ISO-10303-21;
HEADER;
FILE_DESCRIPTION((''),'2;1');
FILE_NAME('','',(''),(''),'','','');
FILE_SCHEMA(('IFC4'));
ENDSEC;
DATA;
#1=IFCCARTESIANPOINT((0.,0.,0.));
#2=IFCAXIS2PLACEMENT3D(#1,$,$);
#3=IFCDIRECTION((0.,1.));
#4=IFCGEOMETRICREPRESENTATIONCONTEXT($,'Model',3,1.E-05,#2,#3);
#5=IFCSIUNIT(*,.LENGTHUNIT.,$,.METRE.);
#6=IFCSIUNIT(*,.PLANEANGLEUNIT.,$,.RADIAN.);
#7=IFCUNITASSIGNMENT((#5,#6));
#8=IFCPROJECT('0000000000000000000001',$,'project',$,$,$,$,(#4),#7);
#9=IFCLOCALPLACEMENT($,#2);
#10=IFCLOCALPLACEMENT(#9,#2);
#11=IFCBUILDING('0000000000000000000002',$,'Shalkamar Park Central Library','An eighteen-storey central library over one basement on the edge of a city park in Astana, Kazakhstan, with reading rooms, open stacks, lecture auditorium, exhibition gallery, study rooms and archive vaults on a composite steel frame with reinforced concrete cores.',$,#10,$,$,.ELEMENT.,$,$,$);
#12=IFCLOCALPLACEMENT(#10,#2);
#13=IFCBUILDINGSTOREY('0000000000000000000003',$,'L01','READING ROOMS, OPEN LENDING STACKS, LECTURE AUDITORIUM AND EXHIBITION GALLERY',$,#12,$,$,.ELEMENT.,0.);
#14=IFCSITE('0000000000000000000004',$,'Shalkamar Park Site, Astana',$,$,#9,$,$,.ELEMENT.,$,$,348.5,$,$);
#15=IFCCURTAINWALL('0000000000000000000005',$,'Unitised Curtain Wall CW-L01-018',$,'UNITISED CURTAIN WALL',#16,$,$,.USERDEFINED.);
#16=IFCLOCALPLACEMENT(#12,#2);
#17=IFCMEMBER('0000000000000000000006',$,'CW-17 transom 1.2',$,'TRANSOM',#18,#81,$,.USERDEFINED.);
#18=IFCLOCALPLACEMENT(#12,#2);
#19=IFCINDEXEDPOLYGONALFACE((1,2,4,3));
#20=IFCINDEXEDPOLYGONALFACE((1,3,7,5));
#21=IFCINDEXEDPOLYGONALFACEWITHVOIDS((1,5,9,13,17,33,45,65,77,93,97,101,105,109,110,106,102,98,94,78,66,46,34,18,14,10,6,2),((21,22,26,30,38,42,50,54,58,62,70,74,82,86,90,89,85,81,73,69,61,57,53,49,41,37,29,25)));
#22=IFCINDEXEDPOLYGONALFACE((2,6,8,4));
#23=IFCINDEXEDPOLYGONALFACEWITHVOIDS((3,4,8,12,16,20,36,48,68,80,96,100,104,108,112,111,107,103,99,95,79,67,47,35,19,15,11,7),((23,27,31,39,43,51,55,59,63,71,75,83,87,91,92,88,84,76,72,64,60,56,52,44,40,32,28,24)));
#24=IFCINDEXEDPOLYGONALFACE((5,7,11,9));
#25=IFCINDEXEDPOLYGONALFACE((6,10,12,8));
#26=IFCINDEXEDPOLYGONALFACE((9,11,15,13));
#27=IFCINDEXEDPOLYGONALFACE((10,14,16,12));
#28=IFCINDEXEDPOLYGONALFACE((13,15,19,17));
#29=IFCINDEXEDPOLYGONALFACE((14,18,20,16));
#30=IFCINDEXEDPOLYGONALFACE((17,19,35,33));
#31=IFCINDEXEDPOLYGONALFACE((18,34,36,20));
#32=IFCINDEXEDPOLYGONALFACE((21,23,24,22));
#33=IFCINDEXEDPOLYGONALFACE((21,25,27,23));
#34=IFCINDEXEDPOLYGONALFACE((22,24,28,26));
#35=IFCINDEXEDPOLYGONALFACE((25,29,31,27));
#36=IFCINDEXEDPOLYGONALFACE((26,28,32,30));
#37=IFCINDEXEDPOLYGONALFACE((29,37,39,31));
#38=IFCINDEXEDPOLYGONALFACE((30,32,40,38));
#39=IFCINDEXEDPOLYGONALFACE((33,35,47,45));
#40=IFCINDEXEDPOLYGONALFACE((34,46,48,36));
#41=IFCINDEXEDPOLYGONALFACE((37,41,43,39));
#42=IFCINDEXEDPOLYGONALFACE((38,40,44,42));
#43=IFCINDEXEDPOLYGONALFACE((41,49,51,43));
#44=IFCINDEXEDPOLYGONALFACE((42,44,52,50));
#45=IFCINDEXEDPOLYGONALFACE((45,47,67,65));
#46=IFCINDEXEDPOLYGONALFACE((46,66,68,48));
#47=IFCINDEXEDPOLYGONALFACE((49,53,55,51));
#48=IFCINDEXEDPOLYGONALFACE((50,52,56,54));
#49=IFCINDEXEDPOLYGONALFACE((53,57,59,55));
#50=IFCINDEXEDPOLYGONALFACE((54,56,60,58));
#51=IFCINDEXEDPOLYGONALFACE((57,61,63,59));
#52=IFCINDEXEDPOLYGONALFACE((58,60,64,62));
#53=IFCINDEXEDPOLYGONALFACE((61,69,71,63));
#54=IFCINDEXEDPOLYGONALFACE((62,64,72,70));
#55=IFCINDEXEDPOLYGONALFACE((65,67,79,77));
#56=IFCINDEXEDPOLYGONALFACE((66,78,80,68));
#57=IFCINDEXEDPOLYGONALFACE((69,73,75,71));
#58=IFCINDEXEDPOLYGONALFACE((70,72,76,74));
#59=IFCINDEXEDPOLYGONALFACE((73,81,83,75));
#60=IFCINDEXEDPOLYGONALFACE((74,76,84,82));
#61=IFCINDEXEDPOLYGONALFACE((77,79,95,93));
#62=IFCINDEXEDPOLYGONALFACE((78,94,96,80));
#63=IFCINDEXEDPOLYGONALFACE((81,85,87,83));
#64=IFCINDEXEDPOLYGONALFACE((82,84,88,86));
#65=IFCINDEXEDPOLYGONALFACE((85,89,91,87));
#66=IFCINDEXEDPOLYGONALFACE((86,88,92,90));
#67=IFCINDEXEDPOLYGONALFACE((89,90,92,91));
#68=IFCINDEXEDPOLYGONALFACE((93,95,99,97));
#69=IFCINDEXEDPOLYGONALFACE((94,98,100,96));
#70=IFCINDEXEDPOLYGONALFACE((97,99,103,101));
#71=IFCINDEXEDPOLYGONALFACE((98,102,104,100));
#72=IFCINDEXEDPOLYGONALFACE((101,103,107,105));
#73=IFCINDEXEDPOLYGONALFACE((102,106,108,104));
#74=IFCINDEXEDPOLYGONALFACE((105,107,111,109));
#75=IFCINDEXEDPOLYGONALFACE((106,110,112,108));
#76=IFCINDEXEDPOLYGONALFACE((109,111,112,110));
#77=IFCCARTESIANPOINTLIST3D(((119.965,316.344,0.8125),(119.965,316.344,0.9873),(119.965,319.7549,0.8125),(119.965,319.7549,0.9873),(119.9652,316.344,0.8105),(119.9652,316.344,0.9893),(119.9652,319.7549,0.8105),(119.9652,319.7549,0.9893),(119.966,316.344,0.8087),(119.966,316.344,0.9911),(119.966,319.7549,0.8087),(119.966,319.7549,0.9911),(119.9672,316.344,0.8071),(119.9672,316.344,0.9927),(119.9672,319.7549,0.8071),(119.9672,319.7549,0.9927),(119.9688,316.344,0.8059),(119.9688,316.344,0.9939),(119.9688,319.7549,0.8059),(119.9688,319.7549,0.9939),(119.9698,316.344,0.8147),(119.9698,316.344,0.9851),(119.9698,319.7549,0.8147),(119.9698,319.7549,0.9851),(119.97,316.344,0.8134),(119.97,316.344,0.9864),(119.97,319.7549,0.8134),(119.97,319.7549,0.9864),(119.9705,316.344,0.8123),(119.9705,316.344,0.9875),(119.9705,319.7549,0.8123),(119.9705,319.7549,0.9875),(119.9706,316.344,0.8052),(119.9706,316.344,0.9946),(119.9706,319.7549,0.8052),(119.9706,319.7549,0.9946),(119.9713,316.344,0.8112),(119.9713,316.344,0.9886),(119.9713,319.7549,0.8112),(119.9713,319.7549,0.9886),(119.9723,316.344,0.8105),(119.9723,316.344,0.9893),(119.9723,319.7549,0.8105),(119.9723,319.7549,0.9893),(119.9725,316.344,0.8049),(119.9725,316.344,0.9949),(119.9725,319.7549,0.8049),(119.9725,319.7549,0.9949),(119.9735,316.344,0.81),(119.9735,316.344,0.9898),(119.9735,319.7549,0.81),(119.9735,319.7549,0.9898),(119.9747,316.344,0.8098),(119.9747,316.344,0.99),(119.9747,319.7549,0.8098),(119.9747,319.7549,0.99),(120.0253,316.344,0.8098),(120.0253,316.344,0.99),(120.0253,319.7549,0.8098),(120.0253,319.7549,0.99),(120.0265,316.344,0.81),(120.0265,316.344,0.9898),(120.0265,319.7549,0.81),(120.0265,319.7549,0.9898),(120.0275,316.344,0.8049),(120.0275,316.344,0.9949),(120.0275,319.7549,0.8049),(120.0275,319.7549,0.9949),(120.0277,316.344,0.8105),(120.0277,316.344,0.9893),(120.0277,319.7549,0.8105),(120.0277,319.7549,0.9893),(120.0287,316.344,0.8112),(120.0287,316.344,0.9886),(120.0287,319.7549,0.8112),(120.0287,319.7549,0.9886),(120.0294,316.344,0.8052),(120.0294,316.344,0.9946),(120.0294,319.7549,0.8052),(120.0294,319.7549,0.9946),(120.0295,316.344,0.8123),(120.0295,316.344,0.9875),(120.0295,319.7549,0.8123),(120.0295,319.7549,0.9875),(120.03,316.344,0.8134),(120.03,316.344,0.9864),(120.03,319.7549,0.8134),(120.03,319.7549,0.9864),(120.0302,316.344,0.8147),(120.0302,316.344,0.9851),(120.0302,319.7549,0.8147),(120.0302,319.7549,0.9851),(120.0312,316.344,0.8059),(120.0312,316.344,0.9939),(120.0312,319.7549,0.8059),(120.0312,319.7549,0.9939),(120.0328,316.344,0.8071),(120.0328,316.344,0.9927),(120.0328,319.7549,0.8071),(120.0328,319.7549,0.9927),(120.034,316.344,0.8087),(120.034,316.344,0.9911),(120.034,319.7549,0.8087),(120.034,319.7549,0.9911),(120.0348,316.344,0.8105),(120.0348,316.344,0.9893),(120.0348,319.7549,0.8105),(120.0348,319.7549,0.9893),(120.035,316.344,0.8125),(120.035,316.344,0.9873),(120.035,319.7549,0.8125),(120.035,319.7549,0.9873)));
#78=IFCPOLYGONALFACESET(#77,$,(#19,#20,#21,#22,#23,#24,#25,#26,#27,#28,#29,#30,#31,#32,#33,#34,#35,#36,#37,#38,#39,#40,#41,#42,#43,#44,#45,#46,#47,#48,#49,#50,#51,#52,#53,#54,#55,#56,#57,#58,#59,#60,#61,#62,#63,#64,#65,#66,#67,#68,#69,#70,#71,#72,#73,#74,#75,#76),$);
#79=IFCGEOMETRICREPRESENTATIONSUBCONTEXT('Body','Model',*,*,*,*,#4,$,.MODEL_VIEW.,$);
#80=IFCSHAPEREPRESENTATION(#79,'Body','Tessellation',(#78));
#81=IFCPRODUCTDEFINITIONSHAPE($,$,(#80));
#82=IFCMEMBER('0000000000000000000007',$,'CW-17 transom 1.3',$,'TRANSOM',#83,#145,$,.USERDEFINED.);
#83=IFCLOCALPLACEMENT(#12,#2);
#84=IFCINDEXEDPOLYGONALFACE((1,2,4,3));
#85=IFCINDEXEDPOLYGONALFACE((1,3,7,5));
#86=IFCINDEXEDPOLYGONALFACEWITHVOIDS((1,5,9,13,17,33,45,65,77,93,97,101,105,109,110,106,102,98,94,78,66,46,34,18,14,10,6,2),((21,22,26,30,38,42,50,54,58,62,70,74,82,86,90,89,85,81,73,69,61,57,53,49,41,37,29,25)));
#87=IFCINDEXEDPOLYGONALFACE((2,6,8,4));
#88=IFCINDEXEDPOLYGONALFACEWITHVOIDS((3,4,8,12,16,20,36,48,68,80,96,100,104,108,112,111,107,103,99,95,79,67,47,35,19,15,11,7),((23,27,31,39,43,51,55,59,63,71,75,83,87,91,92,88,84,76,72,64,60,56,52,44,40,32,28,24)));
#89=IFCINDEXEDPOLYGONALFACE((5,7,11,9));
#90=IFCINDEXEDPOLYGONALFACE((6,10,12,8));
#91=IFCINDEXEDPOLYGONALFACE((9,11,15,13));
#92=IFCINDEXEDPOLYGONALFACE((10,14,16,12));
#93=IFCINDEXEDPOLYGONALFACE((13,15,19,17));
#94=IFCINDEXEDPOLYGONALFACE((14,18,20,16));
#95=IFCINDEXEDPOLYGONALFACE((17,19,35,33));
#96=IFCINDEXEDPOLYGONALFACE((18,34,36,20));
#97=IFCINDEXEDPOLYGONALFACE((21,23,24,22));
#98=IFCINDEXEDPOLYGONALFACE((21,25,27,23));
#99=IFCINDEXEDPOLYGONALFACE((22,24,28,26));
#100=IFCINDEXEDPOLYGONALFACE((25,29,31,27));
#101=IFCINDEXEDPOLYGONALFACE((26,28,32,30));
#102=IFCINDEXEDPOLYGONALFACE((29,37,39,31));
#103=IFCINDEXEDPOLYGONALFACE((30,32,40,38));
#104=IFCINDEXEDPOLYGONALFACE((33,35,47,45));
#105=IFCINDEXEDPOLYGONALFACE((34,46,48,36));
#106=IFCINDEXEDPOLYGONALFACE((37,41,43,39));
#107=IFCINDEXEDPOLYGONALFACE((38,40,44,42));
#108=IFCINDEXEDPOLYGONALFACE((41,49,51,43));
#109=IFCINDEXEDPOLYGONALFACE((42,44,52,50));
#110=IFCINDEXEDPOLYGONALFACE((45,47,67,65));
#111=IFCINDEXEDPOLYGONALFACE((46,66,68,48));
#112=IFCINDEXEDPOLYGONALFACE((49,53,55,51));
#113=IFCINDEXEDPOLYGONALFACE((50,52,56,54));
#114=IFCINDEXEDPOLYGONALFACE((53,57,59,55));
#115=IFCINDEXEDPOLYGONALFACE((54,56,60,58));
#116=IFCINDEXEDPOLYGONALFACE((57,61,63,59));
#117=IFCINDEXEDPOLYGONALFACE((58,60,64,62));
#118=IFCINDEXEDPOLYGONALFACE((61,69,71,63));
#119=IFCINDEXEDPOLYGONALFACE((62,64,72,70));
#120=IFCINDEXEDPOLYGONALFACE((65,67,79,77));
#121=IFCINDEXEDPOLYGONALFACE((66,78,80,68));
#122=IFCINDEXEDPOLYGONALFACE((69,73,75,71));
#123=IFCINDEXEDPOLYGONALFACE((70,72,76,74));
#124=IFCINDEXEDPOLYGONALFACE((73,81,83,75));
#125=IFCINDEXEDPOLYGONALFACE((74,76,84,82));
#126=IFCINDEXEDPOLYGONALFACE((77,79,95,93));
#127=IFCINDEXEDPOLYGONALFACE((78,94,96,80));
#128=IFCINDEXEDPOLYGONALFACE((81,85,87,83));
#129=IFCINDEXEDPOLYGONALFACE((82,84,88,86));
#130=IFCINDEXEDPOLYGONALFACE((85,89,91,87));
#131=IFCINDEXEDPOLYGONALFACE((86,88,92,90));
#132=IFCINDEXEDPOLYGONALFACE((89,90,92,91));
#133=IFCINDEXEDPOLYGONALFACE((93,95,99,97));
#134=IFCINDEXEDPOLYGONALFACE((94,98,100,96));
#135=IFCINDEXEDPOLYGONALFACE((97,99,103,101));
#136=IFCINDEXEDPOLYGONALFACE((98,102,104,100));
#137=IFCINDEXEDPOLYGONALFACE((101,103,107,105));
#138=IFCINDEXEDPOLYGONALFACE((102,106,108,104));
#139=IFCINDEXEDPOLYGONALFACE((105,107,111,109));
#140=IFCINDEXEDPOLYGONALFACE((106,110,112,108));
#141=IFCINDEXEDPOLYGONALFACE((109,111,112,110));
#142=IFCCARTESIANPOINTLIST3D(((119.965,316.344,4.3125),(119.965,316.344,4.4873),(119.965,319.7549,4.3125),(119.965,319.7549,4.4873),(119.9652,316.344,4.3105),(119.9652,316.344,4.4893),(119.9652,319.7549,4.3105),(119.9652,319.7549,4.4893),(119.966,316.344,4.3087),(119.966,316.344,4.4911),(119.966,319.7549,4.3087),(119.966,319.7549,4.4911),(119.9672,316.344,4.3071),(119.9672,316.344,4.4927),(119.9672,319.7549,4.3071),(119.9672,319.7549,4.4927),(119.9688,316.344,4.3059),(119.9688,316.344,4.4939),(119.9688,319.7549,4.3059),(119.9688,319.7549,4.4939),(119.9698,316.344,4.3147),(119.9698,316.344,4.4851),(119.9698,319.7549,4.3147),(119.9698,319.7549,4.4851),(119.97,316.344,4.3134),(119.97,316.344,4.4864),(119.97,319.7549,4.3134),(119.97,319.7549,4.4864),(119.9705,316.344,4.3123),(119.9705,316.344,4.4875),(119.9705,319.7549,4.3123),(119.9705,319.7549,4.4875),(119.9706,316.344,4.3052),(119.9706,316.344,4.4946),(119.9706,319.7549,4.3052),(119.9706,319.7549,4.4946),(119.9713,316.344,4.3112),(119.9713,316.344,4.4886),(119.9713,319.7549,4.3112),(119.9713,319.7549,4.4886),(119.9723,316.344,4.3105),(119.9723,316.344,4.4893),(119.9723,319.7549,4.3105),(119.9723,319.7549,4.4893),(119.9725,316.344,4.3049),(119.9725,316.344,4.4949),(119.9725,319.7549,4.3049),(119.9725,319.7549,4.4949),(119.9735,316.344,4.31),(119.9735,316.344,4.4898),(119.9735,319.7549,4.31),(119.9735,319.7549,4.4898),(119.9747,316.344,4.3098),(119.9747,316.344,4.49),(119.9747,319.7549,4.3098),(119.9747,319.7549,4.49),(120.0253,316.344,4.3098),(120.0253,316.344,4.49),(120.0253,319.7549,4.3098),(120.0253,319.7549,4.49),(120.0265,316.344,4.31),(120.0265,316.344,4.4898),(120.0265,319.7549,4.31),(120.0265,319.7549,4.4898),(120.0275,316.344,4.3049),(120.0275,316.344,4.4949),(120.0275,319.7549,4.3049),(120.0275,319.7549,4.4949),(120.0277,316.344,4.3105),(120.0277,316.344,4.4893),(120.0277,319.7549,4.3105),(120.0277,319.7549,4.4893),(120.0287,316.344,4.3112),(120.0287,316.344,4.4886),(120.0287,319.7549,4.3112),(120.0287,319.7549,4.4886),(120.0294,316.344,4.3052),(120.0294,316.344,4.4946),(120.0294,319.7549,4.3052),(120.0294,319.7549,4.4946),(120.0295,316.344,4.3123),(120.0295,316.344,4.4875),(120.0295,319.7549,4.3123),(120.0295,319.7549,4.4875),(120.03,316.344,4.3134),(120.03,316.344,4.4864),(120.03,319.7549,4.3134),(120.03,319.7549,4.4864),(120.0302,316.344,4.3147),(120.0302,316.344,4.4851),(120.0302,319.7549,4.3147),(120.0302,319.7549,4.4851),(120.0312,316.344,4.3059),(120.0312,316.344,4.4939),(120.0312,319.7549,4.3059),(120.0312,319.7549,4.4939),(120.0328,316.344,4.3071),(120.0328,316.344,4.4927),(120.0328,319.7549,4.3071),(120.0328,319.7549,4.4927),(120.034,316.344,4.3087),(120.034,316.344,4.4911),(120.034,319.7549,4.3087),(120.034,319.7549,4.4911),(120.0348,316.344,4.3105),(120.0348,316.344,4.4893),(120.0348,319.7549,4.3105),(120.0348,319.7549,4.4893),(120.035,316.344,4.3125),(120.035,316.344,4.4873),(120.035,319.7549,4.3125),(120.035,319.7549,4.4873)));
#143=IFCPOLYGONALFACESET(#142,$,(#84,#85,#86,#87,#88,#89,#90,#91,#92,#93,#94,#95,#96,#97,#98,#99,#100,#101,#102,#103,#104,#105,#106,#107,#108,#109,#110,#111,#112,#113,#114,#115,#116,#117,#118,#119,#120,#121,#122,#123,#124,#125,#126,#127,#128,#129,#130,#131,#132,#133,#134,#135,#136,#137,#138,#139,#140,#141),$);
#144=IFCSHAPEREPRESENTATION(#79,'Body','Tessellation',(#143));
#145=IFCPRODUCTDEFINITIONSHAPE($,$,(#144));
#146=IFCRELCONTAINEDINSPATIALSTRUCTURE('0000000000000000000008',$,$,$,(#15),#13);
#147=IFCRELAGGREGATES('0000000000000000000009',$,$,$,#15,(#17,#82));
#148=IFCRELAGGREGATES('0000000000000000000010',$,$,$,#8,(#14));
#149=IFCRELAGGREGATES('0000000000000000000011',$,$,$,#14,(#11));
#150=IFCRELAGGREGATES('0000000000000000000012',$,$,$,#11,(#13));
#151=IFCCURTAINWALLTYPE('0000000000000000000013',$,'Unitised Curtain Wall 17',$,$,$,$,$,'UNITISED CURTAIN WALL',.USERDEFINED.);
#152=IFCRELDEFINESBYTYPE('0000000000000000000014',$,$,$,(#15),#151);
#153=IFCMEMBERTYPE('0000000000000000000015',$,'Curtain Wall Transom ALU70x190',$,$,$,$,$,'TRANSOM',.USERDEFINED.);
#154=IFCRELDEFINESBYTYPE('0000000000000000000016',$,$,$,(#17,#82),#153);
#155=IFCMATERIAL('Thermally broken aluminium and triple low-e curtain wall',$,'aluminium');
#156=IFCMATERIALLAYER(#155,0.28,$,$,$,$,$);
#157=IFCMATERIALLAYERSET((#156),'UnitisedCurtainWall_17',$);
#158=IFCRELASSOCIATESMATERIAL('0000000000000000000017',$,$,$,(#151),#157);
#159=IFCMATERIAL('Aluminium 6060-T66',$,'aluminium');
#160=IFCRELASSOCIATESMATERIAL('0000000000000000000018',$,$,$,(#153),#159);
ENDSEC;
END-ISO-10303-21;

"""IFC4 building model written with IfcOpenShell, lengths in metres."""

from ifc_helpers import new_model, si_unit, direction, frame, origin, origin_2d, place, context, subcontext, project, spatial, hollow_rectangle, extrude, material, layer, layer_set, material_profile, profile_set, type_object, element, aggregate, save


model = new_model("IFC4")

# Units and contexts
model_context = context("Model", 3, precision=1e-05, world=origin(), true_north=direction((0.0, 1.0)))
body_context = subcontext(model_context, "Body", "Model", "MODEL_VIEW")
ifc_project = project(units=[si_unit("LENGTHUNIT", "METRE"), si_unit("PLANEANGLEUNIT", "RADIAN")], contexts=[model_context])

# Site, building, storey
site_placement = place(None, origin())
site = spatial("IfcSite", under=ifc_project, at=site_placement, Name="Shalkamar Park Site, Astana", CompositionType="ELEMENT", RefElevation=348.5)
building_placement = place(site_placement, origin())
building = spatial("IfcBuilding", under=site, at=building_placement, Name="Shalkamar Park Central Library", Description="An eighteen-storey central library over one basement on the edge of a city park in Astana, Kazakhstan, with reading rooms, open stacks, lecture auditorium, exhibition gallery, study rooms and archive vaults on a composite steel frame with reinforced concrete cores.", CompositionType="ELEMENT")
storey_placement = place(building_placement, origin())
storey = spatial("IfcBuildingStorey", under=building, at=storey_placement, Name="L01", Description="READING ROOMS, OPEN LENDING STACKS, LECTURE AUDITORIUM AND EXHIBITION GALLERY", CompositionType="ELEMENT", Elevation=0.0)

# Curtain wall, members
ifc_material_1 = material(Name="Thermally broken aluminium and triple low-e curtain wall", Category="aluminium")
ifc_layer_1 = layer(ifc_material_1, 0.28)
ifc_layer_set_1 = layer_set([ifc_layer_1], Name="UnitisedCurtainWall_17")
curtain_wall_type = type_object("IfcCurtainWallType", Name="Unitised Curtain Wall 17", ElementType="UNITISED CURTAIN WALL", PredefinedType="USERDEFINED", material=ifc_layer_set_1)
curtain_wall_placement = place(storey_placement, origin())
curtain_wall = element("IfcCurtainWall", 1, at=curtain_wall_placement, inside=storey, type_object=curtain_wall_type, Name="Unitised Curtain Wall CW-L01-018", ObjectType="UNITISED CURTAIN WALL", PredefinedType="USERDEFINED")
ifc_material_2 = material(Name="Aluminium 6060-T66", Category="aluminium")
ifc_material_profile_1 = material_profile(ifc_material_2, hollow_rectangle(XDim=0.0701, YDim=0.1899, WallThickness=0.0049, InnerFilletRadius=0.0049, OuterFilletRadius=0.0076, at=origin_2d()), Name="ALU 70x190x5")
ifc_profile_set_1 = profile_set([ifc_material_profile_1], Name="Aluminium 6060-T66")
member_type_1 = type_object("IfcMemberType", Name="Curtain Wall Transom ALU70x190", ElementType="TRANSOM", PredefinedType="USERDEFINED", material=ifc_profile_set_1)
member_1_placement = place(storey_placement, frame((120.0, 316.344, 0.8999), z_axis=(0.0, 1.0, 0.0), x_axis=(-1.0, 0.0, 0.0)))
member_1 = element("IfcMember", 2, at=member_1_placement, type_object=member_type_1, Name="CW-17 transom 1.2", ObjectType="TRANSOM", PredefinedType="USERDEFINED", context=body_context, shape_type="SweptSolid", body=[
    extrude(hollow_rectangle(XDim=0.0701, YDim=0.1899, WallThickness=0.0049, InnerFilletRadius=0.0049, OuterFilletRadius=0.0076, at=origin_2d()), origin(), (0.0, 0.0, 1.0), 3.4109),
])
member_2_placement = place(storey_placement, frame((120.0, 316.344, 4.3999), z_axis=(0.0, 1.0, 0.0), x_axis=(-1.0, 0.0, 0.0)))
member_2 = element("IfcMember", 3, at=member_2_placement, type_object=member_type_1, Name="CW-17 transom 1.3", ObjectType="TRANSOM", PredefinedType="USERDEFINED", context=body_context, shape_type="SweptSolid", body=[
    extrude(hollow_rectangle(XDim=0.0701, YDim=0.1899, WallThickness=0.0049, InnerFilletRadius=0.0049, OuterFilletRadius=0.0076, at=origin_2d()), origin(), (0.0, 0.0, 1.0), 3.4109),
])

aggregate(curtain_wall, [member_1, member_2])

save(model, "model.ifc")
